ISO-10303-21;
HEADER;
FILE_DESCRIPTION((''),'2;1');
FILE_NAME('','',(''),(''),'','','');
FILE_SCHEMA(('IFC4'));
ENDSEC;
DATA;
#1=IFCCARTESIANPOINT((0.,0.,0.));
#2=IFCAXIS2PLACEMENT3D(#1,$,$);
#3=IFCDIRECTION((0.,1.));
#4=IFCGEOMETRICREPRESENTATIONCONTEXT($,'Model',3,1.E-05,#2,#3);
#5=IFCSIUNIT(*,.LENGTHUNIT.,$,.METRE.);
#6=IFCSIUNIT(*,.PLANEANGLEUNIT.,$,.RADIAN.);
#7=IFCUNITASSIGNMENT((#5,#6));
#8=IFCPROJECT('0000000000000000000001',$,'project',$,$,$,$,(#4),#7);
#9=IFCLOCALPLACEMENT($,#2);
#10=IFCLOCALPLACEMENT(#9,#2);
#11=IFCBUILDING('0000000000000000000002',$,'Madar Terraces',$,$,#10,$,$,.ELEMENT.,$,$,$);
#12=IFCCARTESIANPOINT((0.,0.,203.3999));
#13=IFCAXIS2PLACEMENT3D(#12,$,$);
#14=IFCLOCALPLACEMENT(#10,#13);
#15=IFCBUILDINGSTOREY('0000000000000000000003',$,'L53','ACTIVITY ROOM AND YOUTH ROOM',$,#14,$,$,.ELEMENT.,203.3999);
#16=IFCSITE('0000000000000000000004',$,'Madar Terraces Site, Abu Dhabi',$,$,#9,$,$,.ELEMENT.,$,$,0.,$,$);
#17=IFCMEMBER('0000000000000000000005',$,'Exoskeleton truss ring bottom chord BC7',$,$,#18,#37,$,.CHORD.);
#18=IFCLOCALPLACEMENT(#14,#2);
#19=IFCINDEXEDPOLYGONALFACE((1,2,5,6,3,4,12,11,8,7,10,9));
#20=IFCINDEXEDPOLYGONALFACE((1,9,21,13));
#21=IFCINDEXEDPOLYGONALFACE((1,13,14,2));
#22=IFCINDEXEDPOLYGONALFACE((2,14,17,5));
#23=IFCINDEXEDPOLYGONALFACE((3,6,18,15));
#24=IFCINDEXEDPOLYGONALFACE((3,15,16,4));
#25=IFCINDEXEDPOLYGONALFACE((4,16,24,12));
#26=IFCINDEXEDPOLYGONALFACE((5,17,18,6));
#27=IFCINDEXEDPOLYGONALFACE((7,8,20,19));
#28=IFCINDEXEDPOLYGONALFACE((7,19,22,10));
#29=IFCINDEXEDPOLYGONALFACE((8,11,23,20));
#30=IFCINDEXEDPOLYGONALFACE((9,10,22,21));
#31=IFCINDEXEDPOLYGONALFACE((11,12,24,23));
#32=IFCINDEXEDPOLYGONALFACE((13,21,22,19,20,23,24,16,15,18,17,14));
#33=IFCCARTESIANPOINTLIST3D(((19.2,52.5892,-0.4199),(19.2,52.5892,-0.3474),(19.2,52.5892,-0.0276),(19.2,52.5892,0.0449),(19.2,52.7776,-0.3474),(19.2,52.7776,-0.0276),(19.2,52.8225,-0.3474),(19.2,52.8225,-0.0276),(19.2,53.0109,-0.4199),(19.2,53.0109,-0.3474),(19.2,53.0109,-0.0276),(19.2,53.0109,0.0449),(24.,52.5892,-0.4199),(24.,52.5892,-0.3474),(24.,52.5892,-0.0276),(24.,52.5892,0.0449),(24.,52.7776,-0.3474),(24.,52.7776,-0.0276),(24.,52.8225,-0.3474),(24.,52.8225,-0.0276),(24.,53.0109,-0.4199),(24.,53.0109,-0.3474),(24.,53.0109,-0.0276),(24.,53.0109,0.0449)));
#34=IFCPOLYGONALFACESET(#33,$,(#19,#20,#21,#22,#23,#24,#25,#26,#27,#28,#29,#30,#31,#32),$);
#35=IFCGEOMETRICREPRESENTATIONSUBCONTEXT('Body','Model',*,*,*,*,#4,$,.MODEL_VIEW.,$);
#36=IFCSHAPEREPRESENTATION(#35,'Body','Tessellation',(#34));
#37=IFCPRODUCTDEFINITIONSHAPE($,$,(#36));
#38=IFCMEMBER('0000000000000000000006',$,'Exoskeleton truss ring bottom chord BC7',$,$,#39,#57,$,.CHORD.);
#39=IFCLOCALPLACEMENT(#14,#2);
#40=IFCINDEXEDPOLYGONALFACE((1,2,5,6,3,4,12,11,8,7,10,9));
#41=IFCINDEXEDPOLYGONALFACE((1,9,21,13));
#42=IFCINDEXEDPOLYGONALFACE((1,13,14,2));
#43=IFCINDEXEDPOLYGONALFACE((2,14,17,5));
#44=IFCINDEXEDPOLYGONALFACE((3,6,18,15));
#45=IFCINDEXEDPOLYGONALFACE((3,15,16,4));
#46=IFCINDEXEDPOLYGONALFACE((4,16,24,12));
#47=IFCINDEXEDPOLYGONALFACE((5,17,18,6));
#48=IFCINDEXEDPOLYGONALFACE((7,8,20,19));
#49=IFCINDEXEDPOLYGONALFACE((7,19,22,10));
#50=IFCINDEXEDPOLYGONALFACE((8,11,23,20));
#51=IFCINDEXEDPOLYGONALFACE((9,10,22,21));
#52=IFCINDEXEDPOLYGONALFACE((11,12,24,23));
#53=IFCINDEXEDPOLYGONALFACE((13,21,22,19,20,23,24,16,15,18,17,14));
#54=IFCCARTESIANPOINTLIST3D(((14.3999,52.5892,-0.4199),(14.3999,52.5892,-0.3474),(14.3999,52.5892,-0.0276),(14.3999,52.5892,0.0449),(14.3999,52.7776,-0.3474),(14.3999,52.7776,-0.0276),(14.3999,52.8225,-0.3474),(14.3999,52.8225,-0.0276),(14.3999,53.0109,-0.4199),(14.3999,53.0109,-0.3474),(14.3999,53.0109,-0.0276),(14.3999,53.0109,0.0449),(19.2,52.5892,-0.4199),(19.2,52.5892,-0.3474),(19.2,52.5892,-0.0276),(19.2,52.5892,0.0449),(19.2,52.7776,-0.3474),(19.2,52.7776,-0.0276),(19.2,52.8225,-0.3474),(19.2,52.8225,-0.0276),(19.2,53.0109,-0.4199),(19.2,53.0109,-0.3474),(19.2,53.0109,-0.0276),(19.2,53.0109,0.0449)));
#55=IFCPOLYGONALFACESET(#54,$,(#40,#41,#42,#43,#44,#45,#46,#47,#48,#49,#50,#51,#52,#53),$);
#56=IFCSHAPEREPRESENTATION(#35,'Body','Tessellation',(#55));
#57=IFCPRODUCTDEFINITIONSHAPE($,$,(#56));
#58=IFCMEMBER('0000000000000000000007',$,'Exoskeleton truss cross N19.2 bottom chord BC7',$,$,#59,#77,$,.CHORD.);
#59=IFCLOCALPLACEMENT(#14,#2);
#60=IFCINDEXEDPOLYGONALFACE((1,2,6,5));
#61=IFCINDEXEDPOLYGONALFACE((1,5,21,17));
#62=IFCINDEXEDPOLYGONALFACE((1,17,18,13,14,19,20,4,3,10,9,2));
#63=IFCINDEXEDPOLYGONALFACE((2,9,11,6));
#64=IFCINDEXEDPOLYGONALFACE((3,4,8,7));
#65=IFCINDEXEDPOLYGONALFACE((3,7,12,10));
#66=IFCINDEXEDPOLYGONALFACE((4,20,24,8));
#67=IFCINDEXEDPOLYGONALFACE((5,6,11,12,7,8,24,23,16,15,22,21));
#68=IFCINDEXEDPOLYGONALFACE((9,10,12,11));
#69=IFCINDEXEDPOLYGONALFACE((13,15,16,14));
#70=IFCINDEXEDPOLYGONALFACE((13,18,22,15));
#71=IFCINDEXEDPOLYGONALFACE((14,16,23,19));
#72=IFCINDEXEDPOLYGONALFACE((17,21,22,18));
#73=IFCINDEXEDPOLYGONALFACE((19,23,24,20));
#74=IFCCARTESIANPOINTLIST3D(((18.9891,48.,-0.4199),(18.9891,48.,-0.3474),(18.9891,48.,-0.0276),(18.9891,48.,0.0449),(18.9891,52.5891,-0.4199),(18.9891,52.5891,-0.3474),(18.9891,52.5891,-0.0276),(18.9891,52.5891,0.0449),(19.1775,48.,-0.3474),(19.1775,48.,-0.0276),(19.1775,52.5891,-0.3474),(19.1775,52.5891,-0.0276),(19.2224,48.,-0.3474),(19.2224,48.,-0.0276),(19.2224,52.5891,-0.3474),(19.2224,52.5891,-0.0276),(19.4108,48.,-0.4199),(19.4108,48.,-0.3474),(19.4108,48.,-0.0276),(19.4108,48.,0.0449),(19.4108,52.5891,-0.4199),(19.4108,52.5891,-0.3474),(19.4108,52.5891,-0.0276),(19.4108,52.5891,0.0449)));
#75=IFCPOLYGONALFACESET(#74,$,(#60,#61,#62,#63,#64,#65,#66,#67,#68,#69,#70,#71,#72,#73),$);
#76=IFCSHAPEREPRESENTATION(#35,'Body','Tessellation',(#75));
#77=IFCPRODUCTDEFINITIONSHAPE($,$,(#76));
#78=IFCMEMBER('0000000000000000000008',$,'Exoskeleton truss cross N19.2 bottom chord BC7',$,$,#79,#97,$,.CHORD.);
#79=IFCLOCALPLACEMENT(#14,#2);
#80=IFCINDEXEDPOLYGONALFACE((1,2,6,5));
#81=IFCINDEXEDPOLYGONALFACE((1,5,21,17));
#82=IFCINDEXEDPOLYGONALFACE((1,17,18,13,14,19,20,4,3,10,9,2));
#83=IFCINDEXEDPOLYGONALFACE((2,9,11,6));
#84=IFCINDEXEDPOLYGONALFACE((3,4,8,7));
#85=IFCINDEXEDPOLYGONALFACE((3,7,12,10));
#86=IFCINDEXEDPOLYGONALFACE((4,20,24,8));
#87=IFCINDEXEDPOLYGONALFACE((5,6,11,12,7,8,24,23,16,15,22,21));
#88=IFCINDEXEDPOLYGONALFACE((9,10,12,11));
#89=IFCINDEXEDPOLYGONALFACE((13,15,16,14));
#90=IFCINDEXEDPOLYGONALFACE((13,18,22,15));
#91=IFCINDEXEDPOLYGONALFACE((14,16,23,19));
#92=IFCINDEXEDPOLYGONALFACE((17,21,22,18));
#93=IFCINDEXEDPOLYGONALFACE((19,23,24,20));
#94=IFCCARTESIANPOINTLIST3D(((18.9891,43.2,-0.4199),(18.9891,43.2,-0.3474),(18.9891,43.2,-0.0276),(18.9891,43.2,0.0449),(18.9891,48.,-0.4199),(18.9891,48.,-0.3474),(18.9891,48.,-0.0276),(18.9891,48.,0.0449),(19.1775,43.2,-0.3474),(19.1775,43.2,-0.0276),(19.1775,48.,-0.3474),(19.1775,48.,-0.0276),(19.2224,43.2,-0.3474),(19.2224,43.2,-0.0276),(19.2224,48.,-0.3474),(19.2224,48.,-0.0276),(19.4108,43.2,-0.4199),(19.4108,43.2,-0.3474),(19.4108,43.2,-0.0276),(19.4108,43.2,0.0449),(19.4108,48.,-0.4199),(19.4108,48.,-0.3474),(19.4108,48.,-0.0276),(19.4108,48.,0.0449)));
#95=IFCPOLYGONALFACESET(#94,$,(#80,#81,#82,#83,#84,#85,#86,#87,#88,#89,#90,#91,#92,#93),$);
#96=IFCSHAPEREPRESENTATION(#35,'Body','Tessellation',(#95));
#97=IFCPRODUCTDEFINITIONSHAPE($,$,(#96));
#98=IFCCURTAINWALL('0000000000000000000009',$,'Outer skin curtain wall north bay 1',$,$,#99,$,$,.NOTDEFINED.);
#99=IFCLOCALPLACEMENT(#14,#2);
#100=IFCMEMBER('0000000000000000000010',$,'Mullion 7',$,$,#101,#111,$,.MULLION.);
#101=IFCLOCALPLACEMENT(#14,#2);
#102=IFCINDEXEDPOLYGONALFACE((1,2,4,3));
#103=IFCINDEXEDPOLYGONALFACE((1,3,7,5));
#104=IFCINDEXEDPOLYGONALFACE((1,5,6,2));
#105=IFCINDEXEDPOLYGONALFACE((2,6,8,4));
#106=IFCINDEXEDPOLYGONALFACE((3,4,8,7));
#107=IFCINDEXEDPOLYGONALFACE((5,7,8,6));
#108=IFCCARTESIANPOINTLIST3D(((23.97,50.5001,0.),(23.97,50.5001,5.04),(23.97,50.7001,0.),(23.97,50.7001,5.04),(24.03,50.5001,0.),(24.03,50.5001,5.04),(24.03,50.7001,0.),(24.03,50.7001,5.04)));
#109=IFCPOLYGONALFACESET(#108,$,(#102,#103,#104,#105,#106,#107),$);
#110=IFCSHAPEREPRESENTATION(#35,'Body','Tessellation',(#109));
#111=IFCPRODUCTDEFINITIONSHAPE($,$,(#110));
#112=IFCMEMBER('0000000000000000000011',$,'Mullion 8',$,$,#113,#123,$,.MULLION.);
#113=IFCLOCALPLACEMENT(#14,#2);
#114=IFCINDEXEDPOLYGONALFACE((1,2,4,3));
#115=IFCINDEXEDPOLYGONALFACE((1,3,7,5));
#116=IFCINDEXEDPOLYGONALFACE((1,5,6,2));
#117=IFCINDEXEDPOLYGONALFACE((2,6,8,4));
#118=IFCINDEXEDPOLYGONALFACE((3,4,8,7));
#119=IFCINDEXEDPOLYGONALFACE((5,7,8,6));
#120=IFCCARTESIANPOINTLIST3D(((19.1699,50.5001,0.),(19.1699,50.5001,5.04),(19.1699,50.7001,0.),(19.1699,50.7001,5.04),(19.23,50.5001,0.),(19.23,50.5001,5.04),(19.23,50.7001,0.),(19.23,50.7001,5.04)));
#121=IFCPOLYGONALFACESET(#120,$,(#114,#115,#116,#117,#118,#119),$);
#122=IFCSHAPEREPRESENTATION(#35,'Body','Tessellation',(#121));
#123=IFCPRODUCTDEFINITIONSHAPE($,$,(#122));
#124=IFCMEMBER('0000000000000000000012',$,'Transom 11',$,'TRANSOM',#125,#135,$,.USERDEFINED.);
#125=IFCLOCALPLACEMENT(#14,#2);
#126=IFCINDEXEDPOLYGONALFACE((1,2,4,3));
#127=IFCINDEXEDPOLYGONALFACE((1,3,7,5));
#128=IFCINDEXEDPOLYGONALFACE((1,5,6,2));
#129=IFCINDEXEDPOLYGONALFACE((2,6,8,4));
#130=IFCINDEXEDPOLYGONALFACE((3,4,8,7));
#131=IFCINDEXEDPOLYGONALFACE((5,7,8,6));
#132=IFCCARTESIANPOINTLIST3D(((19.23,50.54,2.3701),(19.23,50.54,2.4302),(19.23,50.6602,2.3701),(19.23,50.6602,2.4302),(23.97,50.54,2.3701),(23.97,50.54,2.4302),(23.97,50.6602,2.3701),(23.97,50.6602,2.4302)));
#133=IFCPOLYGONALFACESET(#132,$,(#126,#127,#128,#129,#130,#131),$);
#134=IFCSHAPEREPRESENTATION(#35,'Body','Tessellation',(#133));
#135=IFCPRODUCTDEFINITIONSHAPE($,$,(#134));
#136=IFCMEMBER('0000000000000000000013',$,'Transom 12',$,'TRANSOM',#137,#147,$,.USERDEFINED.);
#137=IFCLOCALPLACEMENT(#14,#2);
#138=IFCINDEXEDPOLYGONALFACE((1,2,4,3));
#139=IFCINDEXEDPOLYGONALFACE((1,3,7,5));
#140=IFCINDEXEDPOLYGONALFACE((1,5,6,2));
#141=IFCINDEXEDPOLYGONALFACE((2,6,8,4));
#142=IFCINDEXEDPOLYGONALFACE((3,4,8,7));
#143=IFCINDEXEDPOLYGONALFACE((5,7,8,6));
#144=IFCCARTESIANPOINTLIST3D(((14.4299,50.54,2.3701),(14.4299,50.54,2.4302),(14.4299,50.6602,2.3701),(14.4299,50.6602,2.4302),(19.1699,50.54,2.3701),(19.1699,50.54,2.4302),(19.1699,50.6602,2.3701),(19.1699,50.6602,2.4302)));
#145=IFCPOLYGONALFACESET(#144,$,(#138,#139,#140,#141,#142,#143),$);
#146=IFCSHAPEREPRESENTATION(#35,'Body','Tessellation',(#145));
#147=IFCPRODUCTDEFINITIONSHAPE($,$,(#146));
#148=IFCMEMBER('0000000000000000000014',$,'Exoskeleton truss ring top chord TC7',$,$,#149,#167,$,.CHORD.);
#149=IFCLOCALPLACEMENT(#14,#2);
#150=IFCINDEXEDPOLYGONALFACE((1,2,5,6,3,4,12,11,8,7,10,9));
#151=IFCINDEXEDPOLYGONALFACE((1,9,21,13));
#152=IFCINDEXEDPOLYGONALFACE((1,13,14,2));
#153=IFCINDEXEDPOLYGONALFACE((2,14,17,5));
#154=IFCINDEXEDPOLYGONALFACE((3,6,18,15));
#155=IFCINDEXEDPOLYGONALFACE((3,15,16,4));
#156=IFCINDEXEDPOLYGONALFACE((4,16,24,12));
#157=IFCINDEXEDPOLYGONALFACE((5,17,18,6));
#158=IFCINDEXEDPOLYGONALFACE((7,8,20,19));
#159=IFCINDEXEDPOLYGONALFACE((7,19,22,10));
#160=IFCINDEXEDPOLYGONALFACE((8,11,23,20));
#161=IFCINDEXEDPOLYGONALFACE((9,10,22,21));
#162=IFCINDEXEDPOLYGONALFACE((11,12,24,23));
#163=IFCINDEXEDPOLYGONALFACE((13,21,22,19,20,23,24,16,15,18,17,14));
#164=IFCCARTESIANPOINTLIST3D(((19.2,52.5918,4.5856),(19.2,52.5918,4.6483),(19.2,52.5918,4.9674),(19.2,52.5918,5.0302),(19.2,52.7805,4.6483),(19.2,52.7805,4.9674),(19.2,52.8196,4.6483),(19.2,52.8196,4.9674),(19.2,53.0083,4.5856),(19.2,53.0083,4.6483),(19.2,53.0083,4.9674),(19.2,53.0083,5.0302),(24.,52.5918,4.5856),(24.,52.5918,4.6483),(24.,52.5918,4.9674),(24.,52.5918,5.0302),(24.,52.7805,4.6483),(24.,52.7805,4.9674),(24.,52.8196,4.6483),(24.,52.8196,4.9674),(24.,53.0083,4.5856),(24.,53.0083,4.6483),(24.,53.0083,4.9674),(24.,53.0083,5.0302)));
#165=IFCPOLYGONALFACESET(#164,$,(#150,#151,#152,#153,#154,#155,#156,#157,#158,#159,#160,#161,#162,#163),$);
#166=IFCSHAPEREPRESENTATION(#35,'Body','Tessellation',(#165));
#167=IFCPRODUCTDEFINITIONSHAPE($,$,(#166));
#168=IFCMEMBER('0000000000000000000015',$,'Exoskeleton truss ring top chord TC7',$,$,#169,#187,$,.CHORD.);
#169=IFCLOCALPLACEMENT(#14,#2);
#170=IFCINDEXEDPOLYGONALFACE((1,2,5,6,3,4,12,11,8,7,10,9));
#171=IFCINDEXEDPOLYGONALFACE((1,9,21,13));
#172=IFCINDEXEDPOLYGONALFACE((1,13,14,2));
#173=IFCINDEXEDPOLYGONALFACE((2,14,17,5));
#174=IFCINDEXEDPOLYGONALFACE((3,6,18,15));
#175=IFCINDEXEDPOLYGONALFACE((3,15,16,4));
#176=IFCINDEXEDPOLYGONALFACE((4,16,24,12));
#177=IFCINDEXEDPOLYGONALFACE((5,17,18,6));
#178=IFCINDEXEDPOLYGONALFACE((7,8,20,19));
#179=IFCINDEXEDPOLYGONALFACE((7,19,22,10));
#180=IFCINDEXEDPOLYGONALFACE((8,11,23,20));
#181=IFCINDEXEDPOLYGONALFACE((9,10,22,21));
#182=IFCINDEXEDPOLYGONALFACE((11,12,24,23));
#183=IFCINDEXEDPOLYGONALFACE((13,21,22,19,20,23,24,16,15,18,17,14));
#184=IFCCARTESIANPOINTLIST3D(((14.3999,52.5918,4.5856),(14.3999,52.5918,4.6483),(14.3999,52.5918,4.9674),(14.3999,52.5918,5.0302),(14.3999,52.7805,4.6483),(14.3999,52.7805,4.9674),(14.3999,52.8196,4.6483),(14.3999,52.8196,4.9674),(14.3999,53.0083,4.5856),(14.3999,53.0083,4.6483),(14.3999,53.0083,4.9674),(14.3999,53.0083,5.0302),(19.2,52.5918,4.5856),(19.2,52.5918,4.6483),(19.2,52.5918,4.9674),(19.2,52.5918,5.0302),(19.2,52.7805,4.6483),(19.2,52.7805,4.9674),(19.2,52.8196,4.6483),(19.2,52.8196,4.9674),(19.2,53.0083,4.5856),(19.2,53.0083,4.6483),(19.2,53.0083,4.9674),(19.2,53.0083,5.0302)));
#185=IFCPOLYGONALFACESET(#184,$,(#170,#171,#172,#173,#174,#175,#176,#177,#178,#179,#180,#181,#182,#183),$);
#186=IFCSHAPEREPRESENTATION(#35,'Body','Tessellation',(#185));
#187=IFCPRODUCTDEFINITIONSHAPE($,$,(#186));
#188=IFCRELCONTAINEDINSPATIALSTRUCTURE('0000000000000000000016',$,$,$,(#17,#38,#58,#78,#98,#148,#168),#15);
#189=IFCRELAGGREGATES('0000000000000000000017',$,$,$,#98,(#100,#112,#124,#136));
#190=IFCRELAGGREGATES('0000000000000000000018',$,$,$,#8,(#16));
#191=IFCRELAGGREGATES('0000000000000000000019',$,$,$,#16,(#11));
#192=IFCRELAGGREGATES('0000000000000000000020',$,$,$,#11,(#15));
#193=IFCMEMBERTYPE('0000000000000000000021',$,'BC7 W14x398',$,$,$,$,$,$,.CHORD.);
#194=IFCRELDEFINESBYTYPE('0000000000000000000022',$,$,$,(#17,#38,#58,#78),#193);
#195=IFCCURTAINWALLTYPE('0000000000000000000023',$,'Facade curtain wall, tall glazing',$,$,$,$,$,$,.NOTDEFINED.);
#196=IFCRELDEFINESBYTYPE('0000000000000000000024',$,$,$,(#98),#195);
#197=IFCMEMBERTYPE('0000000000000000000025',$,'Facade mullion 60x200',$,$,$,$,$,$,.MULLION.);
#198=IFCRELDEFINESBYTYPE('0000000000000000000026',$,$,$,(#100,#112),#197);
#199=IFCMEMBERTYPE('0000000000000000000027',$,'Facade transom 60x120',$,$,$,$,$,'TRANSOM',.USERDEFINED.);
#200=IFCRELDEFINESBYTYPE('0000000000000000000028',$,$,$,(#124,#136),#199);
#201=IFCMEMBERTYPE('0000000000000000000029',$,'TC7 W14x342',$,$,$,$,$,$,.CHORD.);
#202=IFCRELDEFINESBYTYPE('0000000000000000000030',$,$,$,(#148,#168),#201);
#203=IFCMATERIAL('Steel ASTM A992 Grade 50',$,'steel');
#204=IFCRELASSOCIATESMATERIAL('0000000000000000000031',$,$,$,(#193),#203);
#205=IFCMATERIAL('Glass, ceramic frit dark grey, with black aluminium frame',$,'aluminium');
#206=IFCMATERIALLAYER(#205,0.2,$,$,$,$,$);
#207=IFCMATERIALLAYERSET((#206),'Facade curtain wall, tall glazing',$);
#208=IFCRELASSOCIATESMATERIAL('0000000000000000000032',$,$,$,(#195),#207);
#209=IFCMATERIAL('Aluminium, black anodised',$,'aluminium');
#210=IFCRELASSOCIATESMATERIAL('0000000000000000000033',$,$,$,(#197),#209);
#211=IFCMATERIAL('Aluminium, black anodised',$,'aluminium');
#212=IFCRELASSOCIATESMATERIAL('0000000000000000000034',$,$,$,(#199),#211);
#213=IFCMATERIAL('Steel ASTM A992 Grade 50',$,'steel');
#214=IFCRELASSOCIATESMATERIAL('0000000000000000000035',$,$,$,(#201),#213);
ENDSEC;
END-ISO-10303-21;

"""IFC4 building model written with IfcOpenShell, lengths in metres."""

from ifc_helpers import new_model, si_unit, direction, frame, origin, origin_2d, place, context, subcontext, project, spatial, rectangle, i_section, extrude, material, layer, layer_set, material_profile, profile_set, type_object, element, aggregate, save


model = new_model("IFC4")

# Units and contexts
model_context = context("Model", 3, precision=1e-05, world=origin(), true_north=direction((0.0, 1.0)))
body_context = subcontext(model_context, "Body", "Model", "MODEL_VIEW")
ifc_project = project(units=[si_unit("LENGTHUNIT", "METRE"), si_unit("PLANEANGLEUNIT", "RADIAN")], contexts=[model_context])

# Site, building, storey
site_placement = place(None, origin())
site = spatial("IfcSite", under=ifc_project, at=site_placement, Name="Madar Terraces Site, Abu Dhabi", CompositionType="ELEMENT", RefElevation=0.0)
building_placement = place(site_placement, origin())
building = spatial("IfcBuilding", under=site, at=building_placement, Name="Madar Terraces", CompositionType="ELEMENT")
storey_placement = place(building_placement, frame((0.0, 0.0, 203.3999)))
storey = spatial("IfcBuildingStorey", under=building, at=storey_placement, Name="L53", Description="ACTIVITY ROOM AND YOUTH ROOM", CompositionType="ELEMENT", Elevation=203.3999)

# Members
ifc_material_1 = material(Name="Steel ASTM A992 Grade 50", Category="steel")
ifc_material_profile_1 = material_profile(ifc_material_1, i_section(OverallWidth=0.4216, OverallDepth=0.4648, WebThickness=0.0449, FlangeThickness=0.0725, at=origin_2d()), Name="W14x398")
ifc_profile_set_1 = profile_set([ifc_material_profile_1], Name="Steel ASTM A992 Grade 50")
member_type_1 = type_object("IfcMemberType", Name="BC7 W14x398", PredefinedType="CHORD", material=ifc_profile_set_1)
for number, where, z_axis, x_axis, name in (
    (1, (24.0, 52.8, -0.1875), (-1.0, 0.0, 0.0), (0.0, -1.0, 0.0), "Exoskeleton truss ring bottom chord BC7"),
    (2, (19.2, 52.8, -0.1875), (-1.0, 0.0, 0.0), (0.0, -1.0, 0.0), "Exoskeleton truss ring bottom chord BC7"),
):
    element("IfcMember", number, at=place(storey_placement, frame(where, z_axis=z_axis, x_axis=x_axis)), inside=storey, type_object=member_type_1, Name=name, PredefinedType="CHORD", context=body_context, shape_type="SweptSolid", body=[
        extrude(i_section(OverallWidth=0.4216, OverallDepth=0.4648, WebThickness=0.0449, FlangeThickness=0.0725, at=origin_2d()), origin(), (0.0, 0.0, 1.0), 4.8),
    ])
member_1_placement = place(storey_placement, frame((19.2, 52.5891, -0.1875), z_axis=(0.0, -1.0, 0.0), x_axis=(1.0, 0.0, 0.0)))
element("IfcMember", 3, at=member_1_placement, inside=storey, type_object=member_type_1, Name="Exoskeleton truss cross N19.2 bottom chord BC7", PredefinedType="CHORD", context=body_context, shape_type="SweptSolid", body=[
    extrude(i_section(OverallWidth=0.4216, OverallDepth=0.4648, WebThickness=0.0449, FlangeThickness=0.0725, at=origin_2d()), origin(), (0.0, 0.0, 1.0), 4.5891),
])
member_2_placement = place(storey_placement, frame((19.2, 48.0, -0.1875), z_axis=(0.0, -1.0, 0.0), x_axis=(1.0, 0.0, 0.0)))
element("IfcMember", 4, at=member_2_placement, inside=storey, type_object=member_type_1, Name="Exoskeleton truss cross N19.2 bottom chord BC7", PredefinedType="CHORD", context=body_context, shape_type="SweptSolid", body=[
    extrude(i_section(OverallWidth=0.4216, OverallDepth=0.4648, WebThickness=0.0449, FlangeThickness=0.0725, at=origin_2d()), origin(), (0.0, 0.0, 1.0), 4.8),
])

# Curtain wall, members
ifc_material_2 = material(Name="Glass, ceramic frit dark grey, with black aluminium frame", Category="aluminium")
ifc_layer_1 = layer(ifc_material_2, 0.2)
ifc_layer_set_1 = layer_set([ifc_layer_1], Name="Facade curtain wall, tall glazing")
curtain_wall_type = type_object("IfcCurtainWallType", Name="Facade curtain wall, tall glazing", PredefinedType="NOTDEFINED", material=ifc_layer_set_1)
curtain_wall_placement = place(storey_placement, origin())
curtain_wall = element("IfcCurtainWall", 5, at=curtain_wall_placement, inside=storey, type_object=curtain_wall_type, Name="Outer skin curtain wall north bay 1", PredefinedType="NOTDEFINED")
ifc_material_3 = material(Name="Aluminium, black anodised", Category="aluminium")
ifc_material_profile_2 = material_profile(ifc_material_3, rectangle(XDim=0.2, YDim=0.0601, at=origin_2d()), Name="Facade mullion 60x200")
ifc_profile_set_2 = profile_set([ifc_material_profile_2], Name="Aluminium, black anodised")
member_type_2 = type_object("IfcMemberType", Name="Facade mullion 60x200", PredefinedType="MULLION", material=ifc_profile_set_2)
member_3_placement = place(storey_placement, frame((24.0, 50.6001, 0.0), z_axis=(0.0, 0.0, 1.0), x_axis=(0.0, -1.0, 0.0)))
member_3 = element("IfcMember", 6, at=member_3_placement, type_object=member_type_2, Name="Mullion 7", PredefinedType="MULLION", context=body_context, shape_type="SweptSolid", body=[
    extrude(rectangle(XDim=0.2, YDim=0.0601, at=origin_2d()), origin(), (0.0, 0.0, 1.0), 5.04),
])
member_4_placement = place(storey_placement, frame((19.2, 50.6001, 0.0), z_axis=(0.0, 0.0, 1.0), x_axis=(0.0, -1.0, 0.0)))
member_4 = element("IfcMember", 7, at=member_4_placement, type_object=member_type_2, Name="Mullion 8", PredefinedType="MULLION", context=body_context, shape_type="SweptSolid", body=[
    extrude(rectangle(XDim=0.2, YDim=0.0601, at=origin_2d()), origin(), (0.0, 0.0, 1.0), 5.04),
])
ifc_material_4 = material(Name="Aluminium, black anodised", Category="aluminium")
ifc_material_profile_3 = material_profile(ifc_material_4, rectangle(XDim=0.1201, YDim=0.0601, at=origin_2d()), Name="Facade transom 60x120")
ifc_profile_set_3 = profile_set([ifc_material_profile_3], Name="Aluminium, black anodised")
member_type_3 = type_object("IfcMemberType", Name="Facade transom 60x120", ElementType="TRANSOM", PredefinedType="USERDEFINED", material=ifc_profile_set_3)
member_5_placement = place(storey_placement, frame((23.97, 50.6001, 2.4001), z_axis=(-1.0, 0.0, 0.0), x_axis=(0.0, -1.0, 0.0)))
member_5 = element("IfcMember", 8, at=member_5_placement, type_object=member_type_3, Name="Transom 11", ObjectType="TRANSOM", PredefinedType="USERDEFINED", context=body_context, shape_type="SweptSolid", body=[
    extrude(rectangle(XDim=0.1201, YDim=0.0601, at=origin_2d()), origin(), (0.0, 0.0, 1.0), 4.74),
])
member_6_placement = place(storey_placement, frame((19.1699, 50.6001, 2.4001), z_axis=(-1.0, 0.0, 0.0), x_axis=(0.0, -1.0, 0.0)))
member_6 = element("IfcMember", 9, at=member_6_placement, type_object=member_type_3, Name="Transom 12", ObjectType="TRANSOM", PredefinedType="USERDEFINED", context=body_context, shape_type="SweptSolid", body=[
    extrude(rectangle(XDim=0.1201, YDim=0.0601, at=origin_2d()), origin(), (0.0, 0.0, 1.0), 4.74),
])

# Members
ifc_material_5 = material(Name="Steel ASTM A992 Grade 50", Category="steel")
ifc_material_profile_4 = material_profile(ifc_material_5, i_section(OverallWidth=0.4165, OverallDepth=0.4446, WebThickness=0.0391, FlangeThickness=0.0627, at=origin_2d()), Name="W14x342")
ifc_profile_set_4 = profile_set([ifc_material_profile_4], Name="Steel ASTM A992 Grade 50")
member_type_4 = type_object("IfcMemberType", Name="TC7 W14x342", PredefinedType="CHORD", material=ifc_profile_set_4)
for number, where, z_axis, x_axis, name in (
    (10, (24.0, 52.8, 4.8079), (-1.0, 0.0, 0.0), (0.0, -1.0, 0.0), "Exoskeleton truss ring top chord TC7"),
    (11, (19.2, 52.8, 4.8079), (-1.0, 0.0, 0.0), (0.0, -1.0, 0.0), "Exoskeleton truss ring top chord TC7"),
):
    element("IfcMember", number, at=place(storey_placement, frame(where, z_axis=z_axis, x_axis=x_axis)), inside=storey, type_object=member_type_4, Name=name, PredefinedType="CHORD", context=body_context, shape_type="SweptSolid", body=[
        extrude(i_section(OverallWidth=0.4165, OverallDepth=0.4446, WebThickness=0.0391, FlangeThickness=0.0627, at=origin_2d()), origin(), (0.0, 0.0, 1.0), 4.8),
    ])

aggregate(curtain_wall, [member_3, member_4, member_5, member_6])

save(model, "model.ifc")
